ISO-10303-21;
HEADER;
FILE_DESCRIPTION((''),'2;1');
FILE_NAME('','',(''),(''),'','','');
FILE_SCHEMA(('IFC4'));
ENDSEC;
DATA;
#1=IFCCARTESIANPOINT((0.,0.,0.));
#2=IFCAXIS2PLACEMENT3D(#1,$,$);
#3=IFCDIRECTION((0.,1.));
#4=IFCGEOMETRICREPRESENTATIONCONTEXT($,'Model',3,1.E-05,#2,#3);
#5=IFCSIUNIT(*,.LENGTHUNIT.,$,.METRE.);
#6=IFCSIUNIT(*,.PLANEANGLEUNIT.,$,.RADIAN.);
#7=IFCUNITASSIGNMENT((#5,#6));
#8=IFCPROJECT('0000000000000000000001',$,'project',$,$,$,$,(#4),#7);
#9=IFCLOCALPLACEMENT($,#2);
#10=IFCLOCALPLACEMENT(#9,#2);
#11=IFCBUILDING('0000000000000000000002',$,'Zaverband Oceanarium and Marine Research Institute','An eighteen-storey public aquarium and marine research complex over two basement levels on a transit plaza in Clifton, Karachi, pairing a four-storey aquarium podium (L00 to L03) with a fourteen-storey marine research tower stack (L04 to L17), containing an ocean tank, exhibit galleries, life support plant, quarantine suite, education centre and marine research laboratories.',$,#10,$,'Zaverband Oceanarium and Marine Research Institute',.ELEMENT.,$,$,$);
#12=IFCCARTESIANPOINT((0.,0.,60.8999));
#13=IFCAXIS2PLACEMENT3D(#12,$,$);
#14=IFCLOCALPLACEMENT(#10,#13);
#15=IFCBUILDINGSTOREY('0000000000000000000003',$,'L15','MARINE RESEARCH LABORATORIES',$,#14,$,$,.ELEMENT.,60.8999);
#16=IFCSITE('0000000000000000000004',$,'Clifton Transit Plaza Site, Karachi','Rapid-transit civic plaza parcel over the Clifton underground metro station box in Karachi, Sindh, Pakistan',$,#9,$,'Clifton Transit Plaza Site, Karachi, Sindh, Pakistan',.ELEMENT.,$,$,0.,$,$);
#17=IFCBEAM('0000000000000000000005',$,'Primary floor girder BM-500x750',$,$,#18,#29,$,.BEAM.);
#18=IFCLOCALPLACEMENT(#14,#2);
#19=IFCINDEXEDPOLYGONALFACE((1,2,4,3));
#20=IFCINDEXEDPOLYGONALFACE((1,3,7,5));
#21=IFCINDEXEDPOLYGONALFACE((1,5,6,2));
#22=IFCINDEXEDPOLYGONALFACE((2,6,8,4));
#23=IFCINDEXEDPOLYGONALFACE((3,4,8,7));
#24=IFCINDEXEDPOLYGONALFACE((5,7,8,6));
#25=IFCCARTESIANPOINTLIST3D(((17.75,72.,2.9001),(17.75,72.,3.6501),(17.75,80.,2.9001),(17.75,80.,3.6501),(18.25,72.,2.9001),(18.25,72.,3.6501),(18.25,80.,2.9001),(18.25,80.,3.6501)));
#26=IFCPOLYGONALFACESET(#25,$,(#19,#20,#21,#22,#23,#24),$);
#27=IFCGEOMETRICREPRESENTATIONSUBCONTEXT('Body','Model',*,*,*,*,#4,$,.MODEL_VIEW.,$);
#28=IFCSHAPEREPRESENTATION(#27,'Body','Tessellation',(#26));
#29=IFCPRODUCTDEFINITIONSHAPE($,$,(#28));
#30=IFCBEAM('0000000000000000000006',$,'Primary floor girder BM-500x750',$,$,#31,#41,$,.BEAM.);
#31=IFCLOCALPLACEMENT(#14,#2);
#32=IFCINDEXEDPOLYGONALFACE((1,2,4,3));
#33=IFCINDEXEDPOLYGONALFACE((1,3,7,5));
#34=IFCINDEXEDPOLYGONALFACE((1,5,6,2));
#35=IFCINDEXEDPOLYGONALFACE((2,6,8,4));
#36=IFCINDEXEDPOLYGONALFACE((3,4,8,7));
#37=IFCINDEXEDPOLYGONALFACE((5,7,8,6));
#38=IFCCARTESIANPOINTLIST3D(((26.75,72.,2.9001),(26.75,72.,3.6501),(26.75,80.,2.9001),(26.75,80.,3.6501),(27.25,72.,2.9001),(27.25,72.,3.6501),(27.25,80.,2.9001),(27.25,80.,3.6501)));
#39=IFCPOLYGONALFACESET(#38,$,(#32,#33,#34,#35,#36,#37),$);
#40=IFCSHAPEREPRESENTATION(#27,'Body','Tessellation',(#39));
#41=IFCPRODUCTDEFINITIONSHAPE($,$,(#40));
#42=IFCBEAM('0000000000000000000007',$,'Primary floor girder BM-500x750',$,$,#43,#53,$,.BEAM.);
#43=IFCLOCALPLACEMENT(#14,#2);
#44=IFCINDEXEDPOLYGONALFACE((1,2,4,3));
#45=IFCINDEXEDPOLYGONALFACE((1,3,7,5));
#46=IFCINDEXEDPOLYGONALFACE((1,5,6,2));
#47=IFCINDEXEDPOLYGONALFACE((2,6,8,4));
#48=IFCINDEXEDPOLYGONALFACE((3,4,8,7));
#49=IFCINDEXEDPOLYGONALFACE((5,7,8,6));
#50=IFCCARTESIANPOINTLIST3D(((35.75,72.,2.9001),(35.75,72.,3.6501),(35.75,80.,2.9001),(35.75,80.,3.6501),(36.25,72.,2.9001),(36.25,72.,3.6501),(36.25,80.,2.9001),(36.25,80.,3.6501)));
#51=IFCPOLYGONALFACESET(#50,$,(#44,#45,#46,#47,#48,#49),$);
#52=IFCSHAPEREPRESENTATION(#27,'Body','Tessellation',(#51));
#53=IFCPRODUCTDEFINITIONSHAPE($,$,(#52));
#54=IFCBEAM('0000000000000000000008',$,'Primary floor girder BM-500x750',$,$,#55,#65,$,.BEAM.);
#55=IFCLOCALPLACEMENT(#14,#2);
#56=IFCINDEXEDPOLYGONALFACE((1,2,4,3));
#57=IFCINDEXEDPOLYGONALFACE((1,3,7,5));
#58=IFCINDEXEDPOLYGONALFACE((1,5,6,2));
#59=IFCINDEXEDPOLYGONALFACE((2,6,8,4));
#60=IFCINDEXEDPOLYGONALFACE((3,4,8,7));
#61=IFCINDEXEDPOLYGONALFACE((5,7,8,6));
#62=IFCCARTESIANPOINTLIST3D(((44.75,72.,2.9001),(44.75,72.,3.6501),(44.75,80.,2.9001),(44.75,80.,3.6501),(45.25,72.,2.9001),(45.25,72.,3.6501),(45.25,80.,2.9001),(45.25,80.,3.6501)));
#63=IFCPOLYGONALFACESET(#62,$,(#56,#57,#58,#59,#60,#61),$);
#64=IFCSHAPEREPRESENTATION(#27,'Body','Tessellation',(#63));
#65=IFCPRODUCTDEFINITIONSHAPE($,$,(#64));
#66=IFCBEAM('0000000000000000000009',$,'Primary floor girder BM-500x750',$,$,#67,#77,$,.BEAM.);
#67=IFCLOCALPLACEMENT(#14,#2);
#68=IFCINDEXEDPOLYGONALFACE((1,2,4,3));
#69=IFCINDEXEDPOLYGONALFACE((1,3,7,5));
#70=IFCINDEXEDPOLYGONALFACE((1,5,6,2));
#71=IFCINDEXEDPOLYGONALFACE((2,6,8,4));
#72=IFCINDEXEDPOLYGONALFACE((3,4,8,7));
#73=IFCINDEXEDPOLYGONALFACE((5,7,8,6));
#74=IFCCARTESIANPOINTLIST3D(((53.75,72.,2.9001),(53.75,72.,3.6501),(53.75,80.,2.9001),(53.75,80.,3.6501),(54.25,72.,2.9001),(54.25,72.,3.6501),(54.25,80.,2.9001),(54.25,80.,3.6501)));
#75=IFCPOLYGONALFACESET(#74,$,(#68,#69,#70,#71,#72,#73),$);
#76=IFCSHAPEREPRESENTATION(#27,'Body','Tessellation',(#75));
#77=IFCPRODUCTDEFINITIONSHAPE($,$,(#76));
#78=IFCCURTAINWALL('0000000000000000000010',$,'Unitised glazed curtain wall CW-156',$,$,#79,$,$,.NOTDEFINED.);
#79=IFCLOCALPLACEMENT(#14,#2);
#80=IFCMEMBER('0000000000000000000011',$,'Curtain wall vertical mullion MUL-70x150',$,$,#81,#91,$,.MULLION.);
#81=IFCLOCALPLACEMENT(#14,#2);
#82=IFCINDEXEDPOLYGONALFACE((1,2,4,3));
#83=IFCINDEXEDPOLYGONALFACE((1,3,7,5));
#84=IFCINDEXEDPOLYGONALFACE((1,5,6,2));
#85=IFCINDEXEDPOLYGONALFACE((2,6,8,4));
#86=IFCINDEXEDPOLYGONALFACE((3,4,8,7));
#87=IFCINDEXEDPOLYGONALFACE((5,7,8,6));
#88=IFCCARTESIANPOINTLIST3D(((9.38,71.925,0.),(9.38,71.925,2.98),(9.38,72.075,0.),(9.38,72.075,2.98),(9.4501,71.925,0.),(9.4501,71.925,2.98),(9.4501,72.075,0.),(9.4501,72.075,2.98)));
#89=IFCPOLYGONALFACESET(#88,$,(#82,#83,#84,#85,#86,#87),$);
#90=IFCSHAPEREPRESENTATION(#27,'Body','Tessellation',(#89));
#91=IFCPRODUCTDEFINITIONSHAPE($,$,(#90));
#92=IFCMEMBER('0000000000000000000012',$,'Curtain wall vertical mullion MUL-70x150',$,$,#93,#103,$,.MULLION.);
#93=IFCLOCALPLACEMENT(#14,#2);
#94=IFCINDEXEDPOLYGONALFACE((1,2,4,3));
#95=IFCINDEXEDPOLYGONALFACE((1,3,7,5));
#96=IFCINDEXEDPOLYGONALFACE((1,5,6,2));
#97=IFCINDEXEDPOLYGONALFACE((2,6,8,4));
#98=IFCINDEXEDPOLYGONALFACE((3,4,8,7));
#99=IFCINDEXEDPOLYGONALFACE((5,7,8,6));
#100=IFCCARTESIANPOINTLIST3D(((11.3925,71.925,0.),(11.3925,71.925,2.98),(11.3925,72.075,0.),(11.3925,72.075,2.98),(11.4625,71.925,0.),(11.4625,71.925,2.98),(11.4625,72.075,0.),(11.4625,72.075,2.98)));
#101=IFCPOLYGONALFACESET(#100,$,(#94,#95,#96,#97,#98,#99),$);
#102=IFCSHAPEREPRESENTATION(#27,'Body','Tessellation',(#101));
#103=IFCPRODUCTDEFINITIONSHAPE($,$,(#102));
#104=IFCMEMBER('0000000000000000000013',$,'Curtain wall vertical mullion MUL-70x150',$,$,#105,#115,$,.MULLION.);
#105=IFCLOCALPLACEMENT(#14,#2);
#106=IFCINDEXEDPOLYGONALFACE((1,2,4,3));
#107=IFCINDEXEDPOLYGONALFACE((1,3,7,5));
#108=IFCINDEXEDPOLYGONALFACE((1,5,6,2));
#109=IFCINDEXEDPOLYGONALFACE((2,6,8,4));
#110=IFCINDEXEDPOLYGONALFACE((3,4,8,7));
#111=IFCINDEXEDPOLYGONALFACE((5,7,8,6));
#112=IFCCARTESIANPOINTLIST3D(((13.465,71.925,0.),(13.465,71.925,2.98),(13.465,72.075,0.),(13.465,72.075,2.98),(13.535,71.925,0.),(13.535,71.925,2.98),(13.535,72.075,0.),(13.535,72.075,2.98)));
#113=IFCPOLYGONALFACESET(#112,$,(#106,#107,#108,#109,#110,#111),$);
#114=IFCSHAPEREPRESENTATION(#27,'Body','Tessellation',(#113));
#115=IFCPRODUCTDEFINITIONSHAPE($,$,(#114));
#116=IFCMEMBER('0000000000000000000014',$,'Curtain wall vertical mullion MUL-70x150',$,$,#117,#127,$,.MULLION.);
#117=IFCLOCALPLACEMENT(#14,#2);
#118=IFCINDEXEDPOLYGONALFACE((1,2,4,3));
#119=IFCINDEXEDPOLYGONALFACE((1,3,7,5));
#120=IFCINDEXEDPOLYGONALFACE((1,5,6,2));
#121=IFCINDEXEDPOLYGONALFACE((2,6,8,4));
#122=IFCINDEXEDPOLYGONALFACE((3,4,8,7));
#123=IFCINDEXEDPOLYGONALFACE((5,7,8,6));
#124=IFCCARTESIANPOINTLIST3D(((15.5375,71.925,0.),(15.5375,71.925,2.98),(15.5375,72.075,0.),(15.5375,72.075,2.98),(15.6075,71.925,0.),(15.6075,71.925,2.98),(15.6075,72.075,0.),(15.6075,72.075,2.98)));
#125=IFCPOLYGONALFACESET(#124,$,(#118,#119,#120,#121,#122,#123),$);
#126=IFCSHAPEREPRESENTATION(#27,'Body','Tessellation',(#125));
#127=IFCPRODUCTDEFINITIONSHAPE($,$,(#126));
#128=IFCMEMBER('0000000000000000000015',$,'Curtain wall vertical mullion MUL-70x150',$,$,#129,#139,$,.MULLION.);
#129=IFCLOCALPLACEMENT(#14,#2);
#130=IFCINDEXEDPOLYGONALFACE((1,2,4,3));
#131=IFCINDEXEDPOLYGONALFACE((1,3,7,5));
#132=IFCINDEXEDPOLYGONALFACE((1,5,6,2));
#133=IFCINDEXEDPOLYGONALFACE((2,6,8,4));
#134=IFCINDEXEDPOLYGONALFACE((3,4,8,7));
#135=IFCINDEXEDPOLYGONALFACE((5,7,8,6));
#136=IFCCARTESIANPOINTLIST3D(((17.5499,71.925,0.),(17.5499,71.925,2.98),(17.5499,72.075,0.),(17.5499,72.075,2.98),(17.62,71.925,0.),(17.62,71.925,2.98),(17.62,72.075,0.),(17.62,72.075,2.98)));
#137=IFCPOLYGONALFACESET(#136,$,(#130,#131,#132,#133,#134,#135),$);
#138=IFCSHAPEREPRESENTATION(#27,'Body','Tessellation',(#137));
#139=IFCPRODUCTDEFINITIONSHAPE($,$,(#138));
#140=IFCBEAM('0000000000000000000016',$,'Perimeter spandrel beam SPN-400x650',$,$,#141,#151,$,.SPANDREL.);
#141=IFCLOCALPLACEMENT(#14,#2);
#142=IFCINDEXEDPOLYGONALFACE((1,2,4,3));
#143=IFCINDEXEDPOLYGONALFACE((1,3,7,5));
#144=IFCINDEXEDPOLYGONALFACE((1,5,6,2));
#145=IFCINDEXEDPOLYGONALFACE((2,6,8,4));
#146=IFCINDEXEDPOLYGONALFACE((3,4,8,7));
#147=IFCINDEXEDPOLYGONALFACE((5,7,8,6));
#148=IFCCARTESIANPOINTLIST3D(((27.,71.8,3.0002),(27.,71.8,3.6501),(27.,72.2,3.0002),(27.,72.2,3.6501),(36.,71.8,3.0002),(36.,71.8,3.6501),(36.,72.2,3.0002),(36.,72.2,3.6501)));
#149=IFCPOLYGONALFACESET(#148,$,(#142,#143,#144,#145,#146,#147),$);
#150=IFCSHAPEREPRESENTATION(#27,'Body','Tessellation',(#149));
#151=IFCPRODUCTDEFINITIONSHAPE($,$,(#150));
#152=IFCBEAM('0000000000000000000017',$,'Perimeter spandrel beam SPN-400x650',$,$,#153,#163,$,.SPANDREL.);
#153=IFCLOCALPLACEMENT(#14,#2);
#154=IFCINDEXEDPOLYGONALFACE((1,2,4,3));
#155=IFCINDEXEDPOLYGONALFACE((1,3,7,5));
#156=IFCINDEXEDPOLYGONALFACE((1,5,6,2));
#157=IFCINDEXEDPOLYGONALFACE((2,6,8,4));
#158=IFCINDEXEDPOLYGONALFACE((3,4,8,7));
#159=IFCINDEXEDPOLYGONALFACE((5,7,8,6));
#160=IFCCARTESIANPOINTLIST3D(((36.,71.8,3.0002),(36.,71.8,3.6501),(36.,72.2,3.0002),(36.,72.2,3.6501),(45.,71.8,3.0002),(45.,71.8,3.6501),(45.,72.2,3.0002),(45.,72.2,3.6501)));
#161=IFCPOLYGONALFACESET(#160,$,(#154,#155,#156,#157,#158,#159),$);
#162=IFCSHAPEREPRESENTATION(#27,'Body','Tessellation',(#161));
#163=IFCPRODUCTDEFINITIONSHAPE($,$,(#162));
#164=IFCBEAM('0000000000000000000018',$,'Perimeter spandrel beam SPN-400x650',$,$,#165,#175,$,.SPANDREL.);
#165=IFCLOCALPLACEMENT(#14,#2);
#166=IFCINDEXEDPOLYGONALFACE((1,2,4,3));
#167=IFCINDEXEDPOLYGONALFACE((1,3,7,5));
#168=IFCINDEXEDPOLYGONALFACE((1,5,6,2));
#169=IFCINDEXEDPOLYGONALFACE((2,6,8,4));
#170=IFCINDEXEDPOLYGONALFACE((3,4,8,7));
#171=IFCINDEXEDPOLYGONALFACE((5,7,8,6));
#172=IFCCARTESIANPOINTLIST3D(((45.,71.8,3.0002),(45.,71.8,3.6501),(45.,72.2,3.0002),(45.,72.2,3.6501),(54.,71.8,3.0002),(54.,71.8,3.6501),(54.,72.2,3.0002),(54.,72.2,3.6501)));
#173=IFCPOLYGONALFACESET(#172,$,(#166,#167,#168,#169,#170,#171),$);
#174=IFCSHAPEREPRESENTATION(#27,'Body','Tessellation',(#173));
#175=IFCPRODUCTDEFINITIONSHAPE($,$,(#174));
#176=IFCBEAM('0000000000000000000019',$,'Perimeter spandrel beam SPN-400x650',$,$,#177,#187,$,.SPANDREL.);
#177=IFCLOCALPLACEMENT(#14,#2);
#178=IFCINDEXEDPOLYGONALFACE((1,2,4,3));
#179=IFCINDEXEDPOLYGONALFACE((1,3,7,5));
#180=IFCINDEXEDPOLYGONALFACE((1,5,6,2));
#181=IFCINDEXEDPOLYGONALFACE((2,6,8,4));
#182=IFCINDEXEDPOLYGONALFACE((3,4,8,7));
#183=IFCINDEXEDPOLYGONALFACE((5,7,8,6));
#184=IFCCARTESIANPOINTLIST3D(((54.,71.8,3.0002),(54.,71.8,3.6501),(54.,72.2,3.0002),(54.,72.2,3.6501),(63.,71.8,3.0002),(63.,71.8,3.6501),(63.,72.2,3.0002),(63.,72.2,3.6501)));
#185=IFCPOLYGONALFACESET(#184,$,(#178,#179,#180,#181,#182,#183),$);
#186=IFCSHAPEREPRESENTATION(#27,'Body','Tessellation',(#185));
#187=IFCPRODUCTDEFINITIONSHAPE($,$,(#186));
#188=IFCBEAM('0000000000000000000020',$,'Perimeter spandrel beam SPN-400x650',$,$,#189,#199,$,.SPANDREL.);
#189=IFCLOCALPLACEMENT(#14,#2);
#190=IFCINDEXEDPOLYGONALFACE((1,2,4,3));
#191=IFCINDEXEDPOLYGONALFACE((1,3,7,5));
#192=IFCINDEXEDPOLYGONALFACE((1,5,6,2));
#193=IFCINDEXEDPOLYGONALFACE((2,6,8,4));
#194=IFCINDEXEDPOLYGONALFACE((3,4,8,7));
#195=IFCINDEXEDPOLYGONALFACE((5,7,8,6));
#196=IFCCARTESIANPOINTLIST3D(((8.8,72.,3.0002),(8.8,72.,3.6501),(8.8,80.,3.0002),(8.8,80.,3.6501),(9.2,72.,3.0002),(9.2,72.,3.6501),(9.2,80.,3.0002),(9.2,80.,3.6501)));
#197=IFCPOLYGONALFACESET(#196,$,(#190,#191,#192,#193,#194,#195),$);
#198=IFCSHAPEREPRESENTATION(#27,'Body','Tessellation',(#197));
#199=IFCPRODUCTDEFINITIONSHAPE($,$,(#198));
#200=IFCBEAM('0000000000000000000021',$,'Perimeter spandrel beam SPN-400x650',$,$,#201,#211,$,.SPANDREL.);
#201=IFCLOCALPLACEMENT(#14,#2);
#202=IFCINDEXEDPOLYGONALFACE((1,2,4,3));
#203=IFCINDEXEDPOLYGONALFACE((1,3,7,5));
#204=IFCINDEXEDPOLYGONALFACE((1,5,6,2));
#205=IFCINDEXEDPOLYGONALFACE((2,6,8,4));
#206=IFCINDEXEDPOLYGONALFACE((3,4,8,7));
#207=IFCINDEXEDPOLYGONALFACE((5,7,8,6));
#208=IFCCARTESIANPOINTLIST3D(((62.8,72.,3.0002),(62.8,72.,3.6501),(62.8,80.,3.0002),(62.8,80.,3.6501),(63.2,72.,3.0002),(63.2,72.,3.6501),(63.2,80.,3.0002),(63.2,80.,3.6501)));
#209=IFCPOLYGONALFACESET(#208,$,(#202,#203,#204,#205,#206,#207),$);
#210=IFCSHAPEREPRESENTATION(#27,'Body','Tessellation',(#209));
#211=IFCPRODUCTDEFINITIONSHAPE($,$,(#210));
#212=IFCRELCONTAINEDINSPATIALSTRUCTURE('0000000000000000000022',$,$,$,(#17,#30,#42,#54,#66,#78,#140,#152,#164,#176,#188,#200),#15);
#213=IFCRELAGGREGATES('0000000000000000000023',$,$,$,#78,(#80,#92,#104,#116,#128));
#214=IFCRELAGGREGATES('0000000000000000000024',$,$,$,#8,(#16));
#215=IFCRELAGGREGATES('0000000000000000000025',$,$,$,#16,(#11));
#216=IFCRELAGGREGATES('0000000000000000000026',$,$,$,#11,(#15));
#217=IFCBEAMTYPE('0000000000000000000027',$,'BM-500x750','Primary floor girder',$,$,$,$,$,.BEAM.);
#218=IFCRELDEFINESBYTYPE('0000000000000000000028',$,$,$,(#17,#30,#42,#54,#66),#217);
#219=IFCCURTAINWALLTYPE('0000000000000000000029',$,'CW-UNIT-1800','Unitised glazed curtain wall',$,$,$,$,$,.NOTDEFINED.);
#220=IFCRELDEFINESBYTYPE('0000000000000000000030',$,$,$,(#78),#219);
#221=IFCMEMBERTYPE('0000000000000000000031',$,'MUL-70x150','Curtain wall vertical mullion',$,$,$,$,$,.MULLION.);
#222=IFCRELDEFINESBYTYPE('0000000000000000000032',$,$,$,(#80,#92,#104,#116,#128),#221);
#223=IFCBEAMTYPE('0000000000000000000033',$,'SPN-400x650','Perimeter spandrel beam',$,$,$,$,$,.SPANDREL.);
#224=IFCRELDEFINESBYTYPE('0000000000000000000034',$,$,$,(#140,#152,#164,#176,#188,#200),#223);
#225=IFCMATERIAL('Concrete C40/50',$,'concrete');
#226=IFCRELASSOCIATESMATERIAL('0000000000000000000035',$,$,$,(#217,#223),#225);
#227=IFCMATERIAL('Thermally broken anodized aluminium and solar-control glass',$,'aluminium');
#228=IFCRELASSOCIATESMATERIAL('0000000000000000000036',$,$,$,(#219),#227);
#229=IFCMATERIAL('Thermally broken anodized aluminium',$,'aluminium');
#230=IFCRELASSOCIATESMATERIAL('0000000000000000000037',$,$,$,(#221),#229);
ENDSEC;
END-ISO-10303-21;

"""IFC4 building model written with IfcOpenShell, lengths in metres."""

from ifc_helpers import new_model, si_unit, direction, frame, origin, origin_2d, place, context, subcontext, project, spatial, rectangle, extrude, material, material_profile, profile_set, type_object, element, aggregate, save


model = new_model("IFC4")

# Units and contexts
model_context = context("Model", 3, precision=1e-05, world=origin(), true_north=direction((0.0, 1.0)))
body_context = subcontext(model_context, "Body", "Model", "MODEL_VIEW")
ifc_project = project(units=[si_unit("LENGTHUNIT", "METRE"), si_unit("PLANEANGLEUNIT", "RADIAN")], contexts=[model_context])

# Site, building, storey
site_placement = place(None, origin())
site = spatial("IfcSite", under=ifc_project, at=site_placement, Name="Clifton Transit Plaza Site, Karachi", Description="Rapid-transit civic plaza parcel over the Clifton underground metro station box in Karachi, Sindh, Pakistan", LongName="Clifton Transit Plaza Site, Karachi, Sindh, Pakistan", CompositionType="ELEMENT", RefElevation=0.0)
building_placement = place(site_placement, origin())
building = spatial("IfcBuilding", under=site, at=building_placement, Name="Zaverband Oceanarium and Marine Research Institute", Description="An eighteen-storey public aquarium and marine research complex over two basement levels on a transit plaza in Clifton, Karachi, pairing a four-storey aquarium podium (L00 to L03) with a fourteen-storey marine research tower stack (L04 to L17), containing an ocean tank, exhibit galleries, life support plant, quarantine suite, education centre and marine research laboratories.", LongName="Zaverband Oceanarium and Marine Research Institute", CompositionType="ELEMENT")
storey_placement = place(building_placement, frame((0.0, 0.0, 60.8999)))
storey = spatial("IfcBuildingStorey", under=building, at=storey_placement, Name="L15", Description="MARINE RESEARCH LABORATORIES", CompositionType="ELEMENT", Elevation=60.8999)

# Beams
ifc_material_1 = material(Name="Concrete C40/50", Category="concrete")
ifc_material_profile_1 = material_profile(ifc_material_1, rectangle(XDim=0.5, YDim=0.75, at=origin_2d()), Name="RC500x750")
ifc_profile_set_1 = profile_set([ifc_material_profile_1], Name="Concrete C40/50")
beam_type_1 = type_object("IfcBeamType", Name="BM-500x750", Description="Primary floor girder", PredefinedType="BEAM", material=ifc_profile_set_1)
for number, where, z_axis, x_axis, name in (
    (1, (18.0, 72.0, 3.2751), (0.0, 1.0, 0.0), (-1.0, 0.0, 0.0), "Primary floor girder BM-500x750"),
    (2, (27.0, 72.0, 3.2751), (0.0, 1.0, 0.0), (-1.0, 0.0, 0.0), "Primary floor girder BM-500x750"),
    (3, (36.0, 72.0, 3.2751), (0.0, 1.0, 0.0), (-1.0, 0.0, 0.0), "Primary floor girder BM-500x750"),
    (4, (45.0, 72.0, 3.2751), (0.0, 1.0, 0.0), (-1.0, 0.0, 0.0), "Primary floor girder BM-500x750"),
    (5, (54.0, 72.0, 3.2751), (0.0, 1.0, 0.0), (-1.0, 0.0, 0.0), "Primary floor girder BM-500x750"),
):
    element("IfcBeam", number, at=place(storey_placement, frame(where, z_axis=z_axis, x_axis=x_axis)), inside=storey, type_object=beam_type_1, Name=name, PredefinedType="BEAM", context=body_context, shape_type="SweptSolid", body=[
        extrude(rectangle(XDim=0.5, YDim=0.75, at=origin_2d()), origin(), (0.0, 0.0, 1.0), 8.0),
    ])

# Curtain wall, members
ifc_material_2 = material(Name="Thermally broken anodized aluminium and solar-control glass", Category="aluminium")
curtain_wall_type = type_object("IfcCurtainWallType", Name="CW-UNIT-1800", Description="Unitised glazed curtain wall", PredefinedType="NOTDEFINED", material=ifc_material_2)
curtain_wall_placement = place(storey_placement, origin())
curtain_wall = element("IfcCurtainWall", 6, at=curtain_wall_placement, inside=storey, type_object=curtain_wall_type, Name="Unitised glazed curtain wall CW-156", PredefinedType="NOTDEFINED")
ifc_material_3 = material(Name="Thermally broken anodized aluminium", Category="aluminium")
ifc_material_profile_2 = material_profile(ifc_material_3, rectangle(XDim=0.0701, YDim=0.1499, at=origin_2d()), Name="AL-MUL-70x150")
ifc_profile_set_2 = profile_set([ifc_material_profile_2], Name="Thermally broken anodized aluminium")
member_type_1 = type_object("IfcMemberType", Name="MUL-70x150", Description="Curtain wall vertical mullion", PredefinedType="MULLION", material=ifc_profile_set_2)
member_1_placement = place(storey_placement, frame((9.415, 72.0, 0.0), z_axis=(0.0, 0.0, 1.0), x_axis=(1.0, 0.0, 0.0)))
member_1 = element("IfcMember", 7, at=member_1_placement, type_object=member_type_1, Name="Curtain wall vertical mullion MUL-70x150", PredefinedType="MULLION", context=body_context, shape_type="SweptSolid", body=[
    extrude(rectangle(XDim=0.0701, YDim=0.1499, at=origin_2d()), origin(), (0.0, 0.0, 1.0), 2.98),
])
member_2_placement = place(storey_placement, frame((11.4275, 72.0, 0.0), z_axis=(0.0, 0.0, 1.0), x_axis=(1.0, 0.0, 0.0)))
member_2 = element("IfcMember", 8, at=member_2_placement, type_object=member_type_1, Name="Curtain wall vertical mullion MUL-70x150", PredefinedType="MULLION", context=body_context, shape_type="SweptSolid", body=[
    extrude(rectangle(XDim=0.0701, YDim=0.1499, at=origin_2d()), origin(), (0.0, 0.0, 1.0), 2.98),
])
member_3_placement = place(storey_placement, frame((13.5, 72.0, 0.0), z_axis=(0.0, 0.0, 1.0), x_axis=(1.0, 0.0, 0.0)))
member_3 = element("IfcMember", 9, at=member_3_placement, type_object=member_type_1, Name="Curtain wall vertical mullion MUL-70x150", PredefinedType="MULLION", context=body_context, shape_type="SweptSolid", body=[
    extrude(rectangle(XDim=0.0701, YDim=0.1499, at=origin_2d()), origin(), (0.0, 0.0, 1.0), 2.98),
])
member_4_placement = place(storey_placement, frame((15.5725, 72.0, 0.0), z_axis=(0.0, 0.0, 1.0), x_axis=(1.0, 0.0, 0.0)))
member_4 = element("IfcMember", 10, at=member_4_placement, type_object=member_type_1, Name="Curtain wall vertical mullion MUL-70x150", PredefinedType="MULLION", context=body_context, shape_type="SweptSolid", body=[
    extrude(rectangle(XDim=0.0701, YDim=0.1499, at=origin_2d()), origin(), (0.0, 0.0, 1.0), 2.98),
])
member_5_placement = place(storey_placement, frame((17.585, 72.0, 0.0), z_axis=(0.0, 0.0, 1.0), x_axis=(1.0, 0.0, 0.0)))
member_5 = element("IfcMember", 11, at=member_5_placement, type_object=member_type_1, Name="Curtain wall vertical mullion MUL-70x150", PredefinedType="MULLION", context=body_context, shape_type="SweptSolid", body=[
    extrude(rectangle(XDim=0.0701, YDim=0.1499, at=origin_2d()), origin(), (0.0, 0.0, 1.0), 2.98),
])

# Beams
ifc_material_profile_3 = material_profile(ifc_material_1, rectangle(XDim=0.3999, YDim=0.6499, at=origin_2d()), Name="RC400x650")
ifc_profile_set_3 = profile_set([ifc_material_profile_3], Name="Concrete C40/50")
beam_type_2 = type_object("IfcBeamType", Name="SPN-400x650", Description="Perimeter spandrel beam", PredefinedType="SPANDREL", material=ifc_profile_set_3)
for number, where, z_axis, x_axis, name in (
    (12, (27.0, 72.0, 3.3252), (1.0, 0.0, 0.0), (0.0, 1.0, 0.0), "Perimeter spandrel beam SPN-400x650"),
    (13, (36.0, 72.0, 3.3252), (1.0, 0.0, 0.0), (0.0, 1.0, 0.0), "Perimeter spandrel beam SPN-400x650"),
    (14, (45.0, 72.0, 3.3252), (1.0, 0.0, 0.0), (0.0, 1.0, 0.0), "Perimeter spandrel beam SPN-400x650"),
    (15, (54.0, 72.0, 3.3252), (1.0, 0.0, 0.0), (0.0, 1.0, 0.0), "Perimeter spandrel beam SPN-400x650"),
):
    element("IfcBeam", number, at=place(storey_placement, frame(where, z_axis=z_axis, x_axis=x_axis)), inside=storey, type_object=beam_type_2, Name=name, PredefinedType="SPANDREL", context=body_context, shape_type="SweptSolid", body=[
        extrude(rectangle(XDim=0.3999, YDim=0.6499, at=origin_2d()), origin(), (0.0, 0.0, 1.0), 9.0),
    ])
for number, where, z_axis, x_axis, name in (
    (16, (9.0, 72.0, 3.3252), (0.0, 1.0, 0.0), (-1.0, 0.0, 0.0), "Perimeter spandrel beam SPN-400x650"),
    (17, (63.0, 72.0, 3.3252), (0.0, 1.0, 0.0), (-1.0, 0.0, 0.0), "Perimeter spandrel beam SPN-400x650"),
):
    element("IfcBeam", number, at=place(storey_placement, frame(where, z_axis=z_axis, x_axis=x_axis)), inside=storey, type_object=beam_type_2, Name=name, PredefinedType="SPANDREL", context=body_context, shape_type="SweptSolid", body=[
        extrude(rectangle(XDim=0.3999, YDim=0.6499, at=origin_2d()), origin(), (0.0, 0.0, 1.0), 8.0),
    ])

aggregate(curtain_wall, [member_1, member_2, member_3, member_4, member_5])

save(model, "model.ifc")
